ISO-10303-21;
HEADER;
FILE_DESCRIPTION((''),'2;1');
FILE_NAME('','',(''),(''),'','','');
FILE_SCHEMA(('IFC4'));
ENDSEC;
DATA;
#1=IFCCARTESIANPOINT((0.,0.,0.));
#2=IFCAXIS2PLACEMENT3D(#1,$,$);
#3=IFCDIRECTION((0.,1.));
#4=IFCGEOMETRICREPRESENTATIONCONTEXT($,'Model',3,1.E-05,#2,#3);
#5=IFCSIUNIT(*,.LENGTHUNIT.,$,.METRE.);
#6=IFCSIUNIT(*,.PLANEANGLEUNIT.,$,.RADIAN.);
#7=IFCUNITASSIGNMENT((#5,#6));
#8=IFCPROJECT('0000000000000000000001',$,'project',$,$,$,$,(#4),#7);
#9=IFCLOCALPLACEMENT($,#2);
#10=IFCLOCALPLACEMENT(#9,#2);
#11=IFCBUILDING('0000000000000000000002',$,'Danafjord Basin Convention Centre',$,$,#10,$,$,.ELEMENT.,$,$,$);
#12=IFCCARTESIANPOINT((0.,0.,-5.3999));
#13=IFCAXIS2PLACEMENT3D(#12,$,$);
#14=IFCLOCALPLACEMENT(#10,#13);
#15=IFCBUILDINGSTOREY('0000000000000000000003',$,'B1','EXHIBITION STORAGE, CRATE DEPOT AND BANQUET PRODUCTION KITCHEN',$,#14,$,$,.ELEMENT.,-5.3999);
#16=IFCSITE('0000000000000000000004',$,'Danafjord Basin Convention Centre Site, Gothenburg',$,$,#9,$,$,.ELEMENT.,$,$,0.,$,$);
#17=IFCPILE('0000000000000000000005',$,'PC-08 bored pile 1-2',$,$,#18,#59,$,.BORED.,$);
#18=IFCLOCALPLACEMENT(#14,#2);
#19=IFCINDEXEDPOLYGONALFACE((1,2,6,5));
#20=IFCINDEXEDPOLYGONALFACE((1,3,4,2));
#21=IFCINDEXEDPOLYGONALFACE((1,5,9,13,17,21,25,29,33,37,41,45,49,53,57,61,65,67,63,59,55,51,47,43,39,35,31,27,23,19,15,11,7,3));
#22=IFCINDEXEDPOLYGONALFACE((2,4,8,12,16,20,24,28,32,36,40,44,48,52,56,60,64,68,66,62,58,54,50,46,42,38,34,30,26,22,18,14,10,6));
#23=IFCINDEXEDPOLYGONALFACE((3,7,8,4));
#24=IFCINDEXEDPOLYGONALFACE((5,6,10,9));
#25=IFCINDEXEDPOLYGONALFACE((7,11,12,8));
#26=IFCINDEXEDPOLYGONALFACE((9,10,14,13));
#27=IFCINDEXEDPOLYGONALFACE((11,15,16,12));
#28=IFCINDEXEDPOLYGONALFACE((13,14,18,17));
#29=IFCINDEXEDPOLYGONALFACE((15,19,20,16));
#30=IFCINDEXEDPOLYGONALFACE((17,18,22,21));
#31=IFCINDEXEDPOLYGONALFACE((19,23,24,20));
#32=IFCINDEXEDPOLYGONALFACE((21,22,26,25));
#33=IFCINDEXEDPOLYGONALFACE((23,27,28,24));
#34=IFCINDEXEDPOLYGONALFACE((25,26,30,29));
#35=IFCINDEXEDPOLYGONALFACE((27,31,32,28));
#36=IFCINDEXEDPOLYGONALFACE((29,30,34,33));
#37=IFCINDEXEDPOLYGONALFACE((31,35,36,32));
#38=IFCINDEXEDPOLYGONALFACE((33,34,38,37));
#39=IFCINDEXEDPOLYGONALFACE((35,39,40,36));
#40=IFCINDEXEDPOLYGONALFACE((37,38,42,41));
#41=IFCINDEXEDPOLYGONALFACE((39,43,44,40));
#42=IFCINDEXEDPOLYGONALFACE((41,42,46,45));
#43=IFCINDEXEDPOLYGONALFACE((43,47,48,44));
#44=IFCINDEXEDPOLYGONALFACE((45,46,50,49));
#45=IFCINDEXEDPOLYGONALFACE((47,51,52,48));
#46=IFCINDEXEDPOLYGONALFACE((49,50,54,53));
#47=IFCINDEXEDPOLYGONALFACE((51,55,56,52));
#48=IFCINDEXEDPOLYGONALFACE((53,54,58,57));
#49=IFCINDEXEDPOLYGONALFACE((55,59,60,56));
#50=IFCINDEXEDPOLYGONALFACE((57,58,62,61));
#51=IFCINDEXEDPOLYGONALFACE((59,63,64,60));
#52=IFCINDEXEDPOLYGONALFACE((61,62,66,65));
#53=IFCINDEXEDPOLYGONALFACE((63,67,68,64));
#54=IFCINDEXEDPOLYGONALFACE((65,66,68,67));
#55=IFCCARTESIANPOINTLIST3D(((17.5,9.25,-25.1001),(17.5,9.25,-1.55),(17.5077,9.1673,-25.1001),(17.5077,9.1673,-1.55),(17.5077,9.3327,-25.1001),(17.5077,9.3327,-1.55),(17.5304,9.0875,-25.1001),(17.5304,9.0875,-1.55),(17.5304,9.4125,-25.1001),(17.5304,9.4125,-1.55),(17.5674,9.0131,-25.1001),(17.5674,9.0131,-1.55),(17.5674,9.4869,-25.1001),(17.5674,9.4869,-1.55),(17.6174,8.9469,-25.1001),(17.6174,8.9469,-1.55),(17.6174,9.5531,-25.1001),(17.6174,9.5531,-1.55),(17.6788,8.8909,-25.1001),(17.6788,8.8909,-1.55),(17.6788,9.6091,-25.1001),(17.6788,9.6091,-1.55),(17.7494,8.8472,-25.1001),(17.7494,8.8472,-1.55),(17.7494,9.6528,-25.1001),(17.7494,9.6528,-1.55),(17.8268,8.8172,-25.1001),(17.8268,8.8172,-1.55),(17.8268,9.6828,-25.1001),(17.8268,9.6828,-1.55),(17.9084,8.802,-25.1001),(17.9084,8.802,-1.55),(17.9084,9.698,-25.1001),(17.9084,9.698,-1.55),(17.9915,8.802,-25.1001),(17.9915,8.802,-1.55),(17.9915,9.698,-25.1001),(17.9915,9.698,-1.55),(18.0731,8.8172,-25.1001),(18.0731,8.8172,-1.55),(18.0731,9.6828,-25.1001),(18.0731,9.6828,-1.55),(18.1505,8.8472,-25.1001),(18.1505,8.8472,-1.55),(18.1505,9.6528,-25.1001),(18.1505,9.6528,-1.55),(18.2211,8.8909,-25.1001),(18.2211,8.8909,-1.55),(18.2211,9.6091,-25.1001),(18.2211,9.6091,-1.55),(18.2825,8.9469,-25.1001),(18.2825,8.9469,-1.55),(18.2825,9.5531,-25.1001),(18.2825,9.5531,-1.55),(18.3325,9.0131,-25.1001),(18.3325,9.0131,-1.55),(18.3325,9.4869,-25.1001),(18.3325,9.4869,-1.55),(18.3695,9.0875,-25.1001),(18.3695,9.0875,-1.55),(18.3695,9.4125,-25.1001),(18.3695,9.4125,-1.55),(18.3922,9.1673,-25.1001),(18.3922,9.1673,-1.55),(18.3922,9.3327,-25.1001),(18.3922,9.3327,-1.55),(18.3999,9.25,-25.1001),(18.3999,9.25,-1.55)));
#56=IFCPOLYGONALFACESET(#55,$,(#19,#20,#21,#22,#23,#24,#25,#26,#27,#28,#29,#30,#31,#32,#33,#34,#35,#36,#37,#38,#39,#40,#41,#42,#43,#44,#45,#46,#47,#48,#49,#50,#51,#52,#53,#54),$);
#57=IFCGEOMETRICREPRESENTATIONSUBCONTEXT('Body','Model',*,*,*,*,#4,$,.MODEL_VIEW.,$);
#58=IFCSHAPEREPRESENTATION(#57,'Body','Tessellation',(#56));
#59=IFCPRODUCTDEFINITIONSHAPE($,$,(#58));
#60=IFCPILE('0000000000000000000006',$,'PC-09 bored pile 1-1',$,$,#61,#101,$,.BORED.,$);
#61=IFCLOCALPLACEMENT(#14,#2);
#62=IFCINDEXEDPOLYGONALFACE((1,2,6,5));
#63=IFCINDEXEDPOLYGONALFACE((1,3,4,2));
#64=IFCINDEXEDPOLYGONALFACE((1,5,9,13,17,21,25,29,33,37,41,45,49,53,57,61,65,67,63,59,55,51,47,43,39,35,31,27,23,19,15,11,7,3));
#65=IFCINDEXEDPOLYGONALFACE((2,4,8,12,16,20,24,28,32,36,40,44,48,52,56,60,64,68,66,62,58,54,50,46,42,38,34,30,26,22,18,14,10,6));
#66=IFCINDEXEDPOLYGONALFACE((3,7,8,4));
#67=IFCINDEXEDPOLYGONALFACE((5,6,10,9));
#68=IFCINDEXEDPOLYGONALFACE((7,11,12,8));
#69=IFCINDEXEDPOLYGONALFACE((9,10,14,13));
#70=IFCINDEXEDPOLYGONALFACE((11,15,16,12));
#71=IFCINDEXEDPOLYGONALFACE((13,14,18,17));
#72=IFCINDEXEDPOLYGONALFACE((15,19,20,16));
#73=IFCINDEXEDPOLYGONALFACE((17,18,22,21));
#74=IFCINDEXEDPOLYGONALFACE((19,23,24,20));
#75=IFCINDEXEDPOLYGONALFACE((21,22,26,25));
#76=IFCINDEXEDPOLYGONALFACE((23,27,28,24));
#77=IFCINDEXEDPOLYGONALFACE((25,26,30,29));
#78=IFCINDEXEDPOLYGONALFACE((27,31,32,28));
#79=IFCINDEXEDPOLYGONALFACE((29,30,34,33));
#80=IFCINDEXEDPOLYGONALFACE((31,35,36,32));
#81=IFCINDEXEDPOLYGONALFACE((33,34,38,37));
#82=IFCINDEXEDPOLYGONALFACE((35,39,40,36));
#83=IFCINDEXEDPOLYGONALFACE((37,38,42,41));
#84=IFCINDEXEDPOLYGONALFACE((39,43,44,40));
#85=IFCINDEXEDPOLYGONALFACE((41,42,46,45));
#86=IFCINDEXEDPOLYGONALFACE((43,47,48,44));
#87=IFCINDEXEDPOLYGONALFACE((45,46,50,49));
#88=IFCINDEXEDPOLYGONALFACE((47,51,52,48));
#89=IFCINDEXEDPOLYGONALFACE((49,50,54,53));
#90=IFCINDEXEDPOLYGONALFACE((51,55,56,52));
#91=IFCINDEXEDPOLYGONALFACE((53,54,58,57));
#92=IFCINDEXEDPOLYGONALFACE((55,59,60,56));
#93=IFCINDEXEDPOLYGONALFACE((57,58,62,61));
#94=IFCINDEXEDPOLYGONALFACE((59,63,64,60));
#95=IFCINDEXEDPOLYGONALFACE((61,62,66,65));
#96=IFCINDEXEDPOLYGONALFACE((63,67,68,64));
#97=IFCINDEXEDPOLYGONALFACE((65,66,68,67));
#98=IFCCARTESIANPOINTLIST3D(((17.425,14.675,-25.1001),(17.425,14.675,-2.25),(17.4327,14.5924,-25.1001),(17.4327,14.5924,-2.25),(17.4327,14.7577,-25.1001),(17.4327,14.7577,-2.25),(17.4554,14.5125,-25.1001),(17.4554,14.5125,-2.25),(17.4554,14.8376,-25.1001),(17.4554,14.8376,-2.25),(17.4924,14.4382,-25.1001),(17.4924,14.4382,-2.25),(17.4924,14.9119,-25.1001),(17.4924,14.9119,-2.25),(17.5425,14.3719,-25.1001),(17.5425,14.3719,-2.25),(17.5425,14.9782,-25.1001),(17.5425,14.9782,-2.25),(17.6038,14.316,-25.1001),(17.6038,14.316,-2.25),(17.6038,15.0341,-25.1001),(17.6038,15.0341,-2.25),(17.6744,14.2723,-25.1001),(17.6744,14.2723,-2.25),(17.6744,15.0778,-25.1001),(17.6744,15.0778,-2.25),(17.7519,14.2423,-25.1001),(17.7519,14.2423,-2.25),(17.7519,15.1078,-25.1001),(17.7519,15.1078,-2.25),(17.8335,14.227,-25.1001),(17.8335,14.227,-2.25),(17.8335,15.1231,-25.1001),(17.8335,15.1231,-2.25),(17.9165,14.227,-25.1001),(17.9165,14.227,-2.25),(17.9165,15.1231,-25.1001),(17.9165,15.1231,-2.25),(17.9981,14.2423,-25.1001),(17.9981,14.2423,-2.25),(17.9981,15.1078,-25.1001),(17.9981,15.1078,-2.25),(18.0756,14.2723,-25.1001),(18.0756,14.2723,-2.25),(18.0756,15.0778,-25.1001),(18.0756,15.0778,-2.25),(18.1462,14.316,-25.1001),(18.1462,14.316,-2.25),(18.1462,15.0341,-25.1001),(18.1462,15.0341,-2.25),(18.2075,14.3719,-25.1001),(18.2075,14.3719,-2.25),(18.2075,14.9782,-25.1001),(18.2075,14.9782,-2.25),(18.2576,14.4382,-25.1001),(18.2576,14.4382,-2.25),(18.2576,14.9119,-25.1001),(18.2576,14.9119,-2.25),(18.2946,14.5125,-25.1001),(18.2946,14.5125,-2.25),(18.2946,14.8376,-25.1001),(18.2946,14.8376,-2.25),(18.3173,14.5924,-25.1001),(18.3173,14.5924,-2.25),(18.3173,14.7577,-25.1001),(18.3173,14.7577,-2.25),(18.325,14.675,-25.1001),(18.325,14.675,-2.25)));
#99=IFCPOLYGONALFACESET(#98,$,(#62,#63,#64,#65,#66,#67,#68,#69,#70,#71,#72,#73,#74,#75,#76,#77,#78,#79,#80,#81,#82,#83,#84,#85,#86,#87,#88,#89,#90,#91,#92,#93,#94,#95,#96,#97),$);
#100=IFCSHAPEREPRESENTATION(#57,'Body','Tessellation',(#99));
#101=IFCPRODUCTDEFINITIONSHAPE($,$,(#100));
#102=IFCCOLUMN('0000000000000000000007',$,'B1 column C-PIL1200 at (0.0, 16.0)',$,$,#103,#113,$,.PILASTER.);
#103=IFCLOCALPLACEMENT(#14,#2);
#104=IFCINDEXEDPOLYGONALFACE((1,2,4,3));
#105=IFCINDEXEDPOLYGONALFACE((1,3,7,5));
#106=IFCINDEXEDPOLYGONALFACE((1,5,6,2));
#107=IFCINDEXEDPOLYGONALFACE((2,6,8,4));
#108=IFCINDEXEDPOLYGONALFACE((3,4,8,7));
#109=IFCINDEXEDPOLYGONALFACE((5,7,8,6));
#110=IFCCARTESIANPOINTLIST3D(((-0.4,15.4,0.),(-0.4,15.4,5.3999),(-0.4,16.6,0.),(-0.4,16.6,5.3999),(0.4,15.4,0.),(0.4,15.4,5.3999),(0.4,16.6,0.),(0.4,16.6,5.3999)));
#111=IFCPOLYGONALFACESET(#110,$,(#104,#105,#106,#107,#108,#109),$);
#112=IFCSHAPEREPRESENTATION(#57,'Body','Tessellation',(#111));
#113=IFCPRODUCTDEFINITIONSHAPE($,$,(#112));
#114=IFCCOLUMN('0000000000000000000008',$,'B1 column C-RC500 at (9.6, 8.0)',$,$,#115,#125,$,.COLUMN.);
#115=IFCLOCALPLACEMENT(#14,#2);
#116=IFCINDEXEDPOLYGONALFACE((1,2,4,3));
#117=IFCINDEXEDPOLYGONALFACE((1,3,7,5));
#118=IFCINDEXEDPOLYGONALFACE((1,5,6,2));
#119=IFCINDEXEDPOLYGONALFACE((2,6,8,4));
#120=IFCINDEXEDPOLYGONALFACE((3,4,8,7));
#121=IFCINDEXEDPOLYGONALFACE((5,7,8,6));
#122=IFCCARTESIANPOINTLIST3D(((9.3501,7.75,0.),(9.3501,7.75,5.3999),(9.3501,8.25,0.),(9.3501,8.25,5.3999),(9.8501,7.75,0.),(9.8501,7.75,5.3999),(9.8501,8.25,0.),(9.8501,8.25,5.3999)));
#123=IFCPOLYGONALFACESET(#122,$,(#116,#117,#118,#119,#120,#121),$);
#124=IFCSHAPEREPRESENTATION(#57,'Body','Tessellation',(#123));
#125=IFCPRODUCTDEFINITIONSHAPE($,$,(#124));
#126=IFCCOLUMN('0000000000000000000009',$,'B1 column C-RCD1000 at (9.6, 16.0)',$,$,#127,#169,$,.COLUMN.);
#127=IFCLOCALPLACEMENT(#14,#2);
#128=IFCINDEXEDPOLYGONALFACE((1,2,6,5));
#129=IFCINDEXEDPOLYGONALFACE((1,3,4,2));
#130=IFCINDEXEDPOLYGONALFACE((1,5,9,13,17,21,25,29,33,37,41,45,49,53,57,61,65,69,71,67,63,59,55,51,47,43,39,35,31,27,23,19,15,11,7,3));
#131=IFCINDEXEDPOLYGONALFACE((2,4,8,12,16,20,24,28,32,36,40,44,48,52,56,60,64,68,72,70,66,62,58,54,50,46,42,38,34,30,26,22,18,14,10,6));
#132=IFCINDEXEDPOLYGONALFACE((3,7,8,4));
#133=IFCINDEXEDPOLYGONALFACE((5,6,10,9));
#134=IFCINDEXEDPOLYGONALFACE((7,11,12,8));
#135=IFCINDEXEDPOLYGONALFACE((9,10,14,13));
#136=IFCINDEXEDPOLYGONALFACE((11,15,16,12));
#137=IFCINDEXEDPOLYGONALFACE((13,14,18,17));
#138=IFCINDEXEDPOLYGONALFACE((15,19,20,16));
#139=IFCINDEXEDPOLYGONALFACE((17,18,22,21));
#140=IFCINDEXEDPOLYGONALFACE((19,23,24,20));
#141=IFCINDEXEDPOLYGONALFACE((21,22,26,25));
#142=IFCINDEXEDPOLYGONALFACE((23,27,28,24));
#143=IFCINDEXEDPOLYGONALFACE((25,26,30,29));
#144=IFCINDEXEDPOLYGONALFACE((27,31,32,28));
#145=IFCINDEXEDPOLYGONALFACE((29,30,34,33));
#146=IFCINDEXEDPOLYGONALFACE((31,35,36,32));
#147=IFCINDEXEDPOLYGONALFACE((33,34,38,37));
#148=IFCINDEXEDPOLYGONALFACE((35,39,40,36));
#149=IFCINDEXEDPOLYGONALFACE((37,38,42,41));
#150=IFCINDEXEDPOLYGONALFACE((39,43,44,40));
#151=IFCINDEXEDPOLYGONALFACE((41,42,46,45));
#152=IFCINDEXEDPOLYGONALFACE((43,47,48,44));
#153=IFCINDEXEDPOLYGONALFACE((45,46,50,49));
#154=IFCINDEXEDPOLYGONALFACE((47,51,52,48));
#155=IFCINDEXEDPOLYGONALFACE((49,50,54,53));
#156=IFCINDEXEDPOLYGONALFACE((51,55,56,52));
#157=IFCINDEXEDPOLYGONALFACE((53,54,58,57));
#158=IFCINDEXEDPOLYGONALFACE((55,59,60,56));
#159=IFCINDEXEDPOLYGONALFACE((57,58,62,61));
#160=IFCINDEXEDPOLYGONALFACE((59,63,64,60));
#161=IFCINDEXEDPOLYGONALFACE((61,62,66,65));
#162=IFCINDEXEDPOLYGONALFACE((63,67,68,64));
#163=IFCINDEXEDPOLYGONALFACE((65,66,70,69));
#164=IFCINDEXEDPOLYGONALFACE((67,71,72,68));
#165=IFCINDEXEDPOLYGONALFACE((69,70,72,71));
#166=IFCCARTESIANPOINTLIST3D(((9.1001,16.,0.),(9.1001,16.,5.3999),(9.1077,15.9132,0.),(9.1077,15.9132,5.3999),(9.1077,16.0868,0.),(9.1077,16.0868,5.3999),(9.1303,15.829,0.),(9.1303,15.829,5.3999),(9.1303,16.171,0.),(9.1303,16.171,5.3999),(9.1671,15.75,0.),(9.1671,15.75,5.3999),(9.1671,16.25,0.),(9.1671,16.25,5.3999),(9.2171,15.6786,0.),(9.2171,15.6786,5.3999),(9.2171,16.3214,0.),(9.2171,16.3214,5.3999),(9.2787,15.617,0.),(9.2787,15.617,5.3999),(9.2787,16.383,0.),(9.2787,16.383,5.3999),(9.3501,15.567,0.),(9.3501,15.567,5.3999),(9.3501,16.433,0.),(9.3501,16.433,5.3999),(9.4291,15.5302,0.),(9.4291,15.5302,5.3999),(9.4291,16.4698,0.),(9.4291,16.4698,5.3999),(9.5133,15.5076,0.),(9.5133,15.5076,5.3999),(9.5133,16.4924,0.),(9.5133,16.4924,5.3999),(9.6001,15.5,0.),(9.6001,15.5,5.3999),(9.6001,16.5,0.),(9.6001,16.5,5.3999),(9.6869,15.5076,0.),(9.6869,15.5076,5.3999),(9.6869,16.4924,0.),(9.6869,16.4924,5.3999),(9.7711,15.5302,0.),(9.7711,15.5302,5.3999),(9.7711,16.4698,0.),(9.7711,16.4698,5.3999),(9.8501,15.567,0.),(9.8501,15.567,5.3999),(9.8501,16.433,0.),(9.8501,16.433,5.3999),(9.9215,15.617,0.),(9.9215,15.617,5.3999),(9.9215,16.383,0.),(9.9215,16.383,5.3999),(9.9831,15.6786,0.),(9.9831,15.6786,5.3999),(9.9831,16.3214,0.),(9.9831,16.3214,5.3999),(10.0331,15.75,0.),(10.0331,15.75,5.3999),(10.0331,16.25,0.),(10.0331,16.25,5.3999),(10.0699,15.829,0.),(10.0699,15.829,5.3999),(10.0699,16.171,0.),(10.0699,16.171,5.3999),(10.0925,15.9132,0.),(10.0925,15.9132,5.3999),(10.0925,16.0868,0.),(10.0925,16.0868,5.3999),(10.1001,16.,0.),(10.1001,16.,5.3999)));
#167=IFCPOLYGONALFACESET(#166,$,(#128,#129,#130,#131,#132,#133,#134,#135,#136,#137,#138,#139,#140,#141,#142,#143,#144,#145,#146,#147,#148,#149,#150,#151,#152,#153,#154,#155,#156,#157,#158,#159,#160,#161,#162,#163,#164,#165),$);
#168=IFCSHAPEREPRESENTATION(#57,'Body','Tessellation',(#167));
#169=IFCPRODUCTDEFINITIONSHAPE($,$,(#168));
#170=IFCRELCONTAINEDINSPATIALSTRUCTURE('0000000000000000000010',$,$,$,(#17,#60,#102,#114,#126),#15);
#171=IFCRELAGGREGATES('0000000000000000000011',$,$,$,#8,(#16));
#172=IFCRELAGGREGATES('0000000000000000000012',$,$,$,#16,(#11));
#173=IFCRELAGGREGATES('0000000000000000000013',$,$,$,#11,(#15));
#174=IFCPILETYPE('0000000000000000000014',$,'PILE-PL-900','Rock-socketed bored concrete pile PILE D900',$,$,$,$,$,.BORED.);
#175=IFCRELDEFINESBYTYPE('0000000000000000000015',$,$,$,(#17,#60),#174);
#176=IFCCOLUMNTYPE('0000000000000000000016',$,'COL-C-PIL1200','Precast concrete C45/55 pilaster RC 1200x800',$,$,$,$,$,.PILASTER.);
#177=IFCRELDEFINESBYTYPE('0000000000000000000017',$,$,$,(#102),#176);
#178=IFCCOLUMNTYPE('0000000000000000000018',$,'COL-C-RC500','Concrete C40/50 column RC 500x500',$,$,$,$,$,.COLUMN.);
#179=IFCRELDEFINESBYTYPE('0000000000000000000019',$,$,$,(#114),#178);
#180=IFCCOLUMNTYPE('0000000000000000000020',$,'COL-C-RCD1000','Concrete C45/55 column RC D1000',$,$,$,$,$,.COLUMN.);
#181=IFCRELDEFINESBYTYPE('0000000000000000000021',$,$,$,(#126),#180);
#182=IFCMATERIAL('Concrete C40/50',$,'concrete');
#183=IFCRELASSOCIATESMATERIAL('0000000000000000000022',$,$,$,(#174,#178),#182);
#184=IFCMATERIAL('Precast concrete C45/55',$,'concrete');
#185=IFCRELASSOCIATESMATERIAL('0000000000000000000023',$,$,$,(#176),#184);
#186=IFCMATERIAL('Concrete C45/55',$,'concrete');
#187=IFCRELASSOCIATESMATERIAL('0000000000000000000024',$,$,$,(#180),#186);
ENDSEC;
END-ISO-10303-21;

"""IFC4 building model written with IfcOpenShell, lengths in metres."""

from ifc_helpers import new_model, si_unit, direction, frame, origin, origin_2d, place, context, subcontext, project, spatial, rectangle, circle, extrude, material, material_profile, profile_set, type_object, element, save


model = new_model("IFC4")

# Units and contexts
model_context = context("Model", 3, precision=1e-05, world=origin(), true_north=direction((0.0, 1.0)))
body_context = subcontext(model_context, "Body", "Model", "MODEL_VIEW")
ifc_project = project(units=[si_unit("LENGTHUNIT", "METRE"), si_unit("PLANEANGLEUNIT", "RADIAN")], contexts=[model_context])

# Site, building, storey
site_placement = place(None, origin())
site = spatial("IfcSite", under=ifc_project, at=site_placement, Name="Danafjord Basin Convention Centre Site, Gothenburg", CompositionType="ELEMENT", RefElevation=0.0)
building_placement = place(site_placement, origin())
building = spatial("IfcBuilding", under=site, at=building_placement, Name="Danafjord Basin Convention Centre", CompositionType="ELEMENT")
storey_placement = place(building_placement, frame((0.0, 0.0, -5.3999)))
storey = spatial("IfcBuildingStorey", under=building, at=storey_placement, Name="B1", Description="EXHIBITION STORAGE, CRATE DEPOT AND BANQUET PRODUCTION KITCHEN", CompositionType="ELEMENT", Elevation=-5.3999)

# Shared definitions
ifc_material_1 = material(Name="Concrete C40/50", Category="concrete")

# Piles
ifc_material_profile_1 = material_profile(ifc_material_1, circle(Radius=0.45, at=origin_2d()), Name="PILE D900")
ifc_profile_set_1 = profile_set([ifc_material_profile_1], Name="Concrete C40/50")
pile_type_1 = type_object("IfcPileType", Name="PILE-PL-900", Description="Rock-socketed bored concrete pile PILE D900", PredefinedType="BORED", material=ifc_profile_set_1)
for number, where, z_axis, x_axis, name in (
    (1, (17.95, 9.25, -1.55), (0.0, 0.0, -1.0), (1.0, 0.0, 0.0), "PC-08 bored pile 1-2"),
):
    element("IfcPile", number, at=place(storey_placement, frame(where, z_axis=z_axis, x_axis=x_axis)), inside=storey, type_object=pile_type_1, Name=name, PredefinedType="BORED", context=body_context, shape_type="SweptSolid", body=[
        extrude(circle(Radius=0.45, at=origin_2d()), origin(), (0.0, 0.0, 1.0), 23.55),
    ])
pile_1_placement = place(storey_placement, frame((17.875, 14.675, -2.25), z_axis=(0.0, 0.0, -1.0), x_axis=(1.0, 0.0, 0.0)))
element("IfcPile", 2, at=pile_1_placement, inside=storey, type_object=pile_type_1, Name="PC-09 bored pile 1-1", PredefinedType="BORED", context=body_context, shape_type="SweptSolid", body=[
    extrude(circle(Radius=0.45, at=origin_2d()), origin(), (0.0, 0.0, 1.0), 22.8501),
])

# Columns
ifc_material_2 = material(Name="Precast concrete C45/55", Category="concrete")
ifc_material_profile_2 = material_profile(ifc_material_2, rectangle(XDim=0.8, YDim=1.2, at=origin_2d()), Name="RC 1200x800")
ifc_profile_set_2 = profile_set([ifc_material_profile_2], Name="Precast concrete C45/55")
column_type_1 = type_object("IfcColumnType", Name="COL-C-PIL1200", Description="Precast concrete C45/55 pilaster RC 1200x800", PredefinedType="PILASTER", material=ifc_profile_set_2)
column_1_placement = place(storey_placement, frame((0.0, 16.0, 0.0), z_axis=(0.0, 0.0, 1.0), x_axis=(1.0, 0.0, 0.0)))
element("IfcColumn", 3, at=column_1_placement, inside=storey, type_object=column_type_1, Name="B1 column C-PIL1200 at (0.0, 16.0)", PredefinedType="PILASTER", context=body_context, shape_type="SweptSolid", body=[
    extrude(rectangle(XDim=0.8, YDim=1.2, at=origin_2d()), origin(), (0.0, 0.0, 1.0), 5.3999),
])
ifc_material_profile_3 = material_profile(ifc_material_1, rectangle(XDim=0.5, YDim=0.5, at=origin_2d()), Name="RC 500x500")
ifc_profile_set_3 = profile_set([ifc_material_profile_3], Name="Concrete C40/50")
column_type_2 = type_object("IfcColumnType", Name="COL-C-RC500", Description="Concrete C40/50 column RC 500x500", PredefinedType="COLUMN", material=ifc_profile_set_3)
column_2_placement = place(storey_placement, frame((9.6001, 8.0, 0.0), z_axis=(0.0, 0.0, 1.0), x_axis=(1.0, 0.0, 0.0)))
element("IfcColumn", 4, at=column_2_placement, inside=storey, type_object=column_type_2, Name="B1 column C-RC500 at (9.6, 8.0)", PredefinedType="COLUMN", context=body_context, shape_type="SweptSolid", body=[
    extrude(rectangle(XDim=0.5, YDim=0.5, at=origin_2d()), origin(), (0.0, 0.0, 1.0), 5.3999),
])
ifc_material_3 = material(Name="Concrete C45/55", Category="concrete")
ifc_material_profile_4 = material_profile(ifc_material_3, circle(Radius=0.5, at=origin_2d()), Name="RC D1000")
ifc_profile_set_4 = profile_set([ifc_material_profile_4], Name="Concrete C45/55")
column_type_3 = type_object("IfcColumnType", Name="COL-C-RCD1000", Description="Concrete C45/55 column RC D1000", PredefinedType="COLUMN", material=ifc_profile_set_4)
column_3_placement = place(storey_placement, frame((9.6001, 16.0, 0.0), z_axis=(0.0, 0.0, 1.0), x_axis=(1.0, 0.0, 0.0)))
element("IfcColumn", 5, at=column_3_placement, inside=storey, type_object=column_type_3, Name="B1 column C-RCD1000 at (9.6, 16.0)", PredefinedType="COLUMN", context=body_context, shape_type="SweptSolid", body=[
    extrude(circle(Radius=0.5, at=origin_2d()), origin(), (0.0, 0.0, 1.0), 5.3999),
])

save(model, "model.ifc")
